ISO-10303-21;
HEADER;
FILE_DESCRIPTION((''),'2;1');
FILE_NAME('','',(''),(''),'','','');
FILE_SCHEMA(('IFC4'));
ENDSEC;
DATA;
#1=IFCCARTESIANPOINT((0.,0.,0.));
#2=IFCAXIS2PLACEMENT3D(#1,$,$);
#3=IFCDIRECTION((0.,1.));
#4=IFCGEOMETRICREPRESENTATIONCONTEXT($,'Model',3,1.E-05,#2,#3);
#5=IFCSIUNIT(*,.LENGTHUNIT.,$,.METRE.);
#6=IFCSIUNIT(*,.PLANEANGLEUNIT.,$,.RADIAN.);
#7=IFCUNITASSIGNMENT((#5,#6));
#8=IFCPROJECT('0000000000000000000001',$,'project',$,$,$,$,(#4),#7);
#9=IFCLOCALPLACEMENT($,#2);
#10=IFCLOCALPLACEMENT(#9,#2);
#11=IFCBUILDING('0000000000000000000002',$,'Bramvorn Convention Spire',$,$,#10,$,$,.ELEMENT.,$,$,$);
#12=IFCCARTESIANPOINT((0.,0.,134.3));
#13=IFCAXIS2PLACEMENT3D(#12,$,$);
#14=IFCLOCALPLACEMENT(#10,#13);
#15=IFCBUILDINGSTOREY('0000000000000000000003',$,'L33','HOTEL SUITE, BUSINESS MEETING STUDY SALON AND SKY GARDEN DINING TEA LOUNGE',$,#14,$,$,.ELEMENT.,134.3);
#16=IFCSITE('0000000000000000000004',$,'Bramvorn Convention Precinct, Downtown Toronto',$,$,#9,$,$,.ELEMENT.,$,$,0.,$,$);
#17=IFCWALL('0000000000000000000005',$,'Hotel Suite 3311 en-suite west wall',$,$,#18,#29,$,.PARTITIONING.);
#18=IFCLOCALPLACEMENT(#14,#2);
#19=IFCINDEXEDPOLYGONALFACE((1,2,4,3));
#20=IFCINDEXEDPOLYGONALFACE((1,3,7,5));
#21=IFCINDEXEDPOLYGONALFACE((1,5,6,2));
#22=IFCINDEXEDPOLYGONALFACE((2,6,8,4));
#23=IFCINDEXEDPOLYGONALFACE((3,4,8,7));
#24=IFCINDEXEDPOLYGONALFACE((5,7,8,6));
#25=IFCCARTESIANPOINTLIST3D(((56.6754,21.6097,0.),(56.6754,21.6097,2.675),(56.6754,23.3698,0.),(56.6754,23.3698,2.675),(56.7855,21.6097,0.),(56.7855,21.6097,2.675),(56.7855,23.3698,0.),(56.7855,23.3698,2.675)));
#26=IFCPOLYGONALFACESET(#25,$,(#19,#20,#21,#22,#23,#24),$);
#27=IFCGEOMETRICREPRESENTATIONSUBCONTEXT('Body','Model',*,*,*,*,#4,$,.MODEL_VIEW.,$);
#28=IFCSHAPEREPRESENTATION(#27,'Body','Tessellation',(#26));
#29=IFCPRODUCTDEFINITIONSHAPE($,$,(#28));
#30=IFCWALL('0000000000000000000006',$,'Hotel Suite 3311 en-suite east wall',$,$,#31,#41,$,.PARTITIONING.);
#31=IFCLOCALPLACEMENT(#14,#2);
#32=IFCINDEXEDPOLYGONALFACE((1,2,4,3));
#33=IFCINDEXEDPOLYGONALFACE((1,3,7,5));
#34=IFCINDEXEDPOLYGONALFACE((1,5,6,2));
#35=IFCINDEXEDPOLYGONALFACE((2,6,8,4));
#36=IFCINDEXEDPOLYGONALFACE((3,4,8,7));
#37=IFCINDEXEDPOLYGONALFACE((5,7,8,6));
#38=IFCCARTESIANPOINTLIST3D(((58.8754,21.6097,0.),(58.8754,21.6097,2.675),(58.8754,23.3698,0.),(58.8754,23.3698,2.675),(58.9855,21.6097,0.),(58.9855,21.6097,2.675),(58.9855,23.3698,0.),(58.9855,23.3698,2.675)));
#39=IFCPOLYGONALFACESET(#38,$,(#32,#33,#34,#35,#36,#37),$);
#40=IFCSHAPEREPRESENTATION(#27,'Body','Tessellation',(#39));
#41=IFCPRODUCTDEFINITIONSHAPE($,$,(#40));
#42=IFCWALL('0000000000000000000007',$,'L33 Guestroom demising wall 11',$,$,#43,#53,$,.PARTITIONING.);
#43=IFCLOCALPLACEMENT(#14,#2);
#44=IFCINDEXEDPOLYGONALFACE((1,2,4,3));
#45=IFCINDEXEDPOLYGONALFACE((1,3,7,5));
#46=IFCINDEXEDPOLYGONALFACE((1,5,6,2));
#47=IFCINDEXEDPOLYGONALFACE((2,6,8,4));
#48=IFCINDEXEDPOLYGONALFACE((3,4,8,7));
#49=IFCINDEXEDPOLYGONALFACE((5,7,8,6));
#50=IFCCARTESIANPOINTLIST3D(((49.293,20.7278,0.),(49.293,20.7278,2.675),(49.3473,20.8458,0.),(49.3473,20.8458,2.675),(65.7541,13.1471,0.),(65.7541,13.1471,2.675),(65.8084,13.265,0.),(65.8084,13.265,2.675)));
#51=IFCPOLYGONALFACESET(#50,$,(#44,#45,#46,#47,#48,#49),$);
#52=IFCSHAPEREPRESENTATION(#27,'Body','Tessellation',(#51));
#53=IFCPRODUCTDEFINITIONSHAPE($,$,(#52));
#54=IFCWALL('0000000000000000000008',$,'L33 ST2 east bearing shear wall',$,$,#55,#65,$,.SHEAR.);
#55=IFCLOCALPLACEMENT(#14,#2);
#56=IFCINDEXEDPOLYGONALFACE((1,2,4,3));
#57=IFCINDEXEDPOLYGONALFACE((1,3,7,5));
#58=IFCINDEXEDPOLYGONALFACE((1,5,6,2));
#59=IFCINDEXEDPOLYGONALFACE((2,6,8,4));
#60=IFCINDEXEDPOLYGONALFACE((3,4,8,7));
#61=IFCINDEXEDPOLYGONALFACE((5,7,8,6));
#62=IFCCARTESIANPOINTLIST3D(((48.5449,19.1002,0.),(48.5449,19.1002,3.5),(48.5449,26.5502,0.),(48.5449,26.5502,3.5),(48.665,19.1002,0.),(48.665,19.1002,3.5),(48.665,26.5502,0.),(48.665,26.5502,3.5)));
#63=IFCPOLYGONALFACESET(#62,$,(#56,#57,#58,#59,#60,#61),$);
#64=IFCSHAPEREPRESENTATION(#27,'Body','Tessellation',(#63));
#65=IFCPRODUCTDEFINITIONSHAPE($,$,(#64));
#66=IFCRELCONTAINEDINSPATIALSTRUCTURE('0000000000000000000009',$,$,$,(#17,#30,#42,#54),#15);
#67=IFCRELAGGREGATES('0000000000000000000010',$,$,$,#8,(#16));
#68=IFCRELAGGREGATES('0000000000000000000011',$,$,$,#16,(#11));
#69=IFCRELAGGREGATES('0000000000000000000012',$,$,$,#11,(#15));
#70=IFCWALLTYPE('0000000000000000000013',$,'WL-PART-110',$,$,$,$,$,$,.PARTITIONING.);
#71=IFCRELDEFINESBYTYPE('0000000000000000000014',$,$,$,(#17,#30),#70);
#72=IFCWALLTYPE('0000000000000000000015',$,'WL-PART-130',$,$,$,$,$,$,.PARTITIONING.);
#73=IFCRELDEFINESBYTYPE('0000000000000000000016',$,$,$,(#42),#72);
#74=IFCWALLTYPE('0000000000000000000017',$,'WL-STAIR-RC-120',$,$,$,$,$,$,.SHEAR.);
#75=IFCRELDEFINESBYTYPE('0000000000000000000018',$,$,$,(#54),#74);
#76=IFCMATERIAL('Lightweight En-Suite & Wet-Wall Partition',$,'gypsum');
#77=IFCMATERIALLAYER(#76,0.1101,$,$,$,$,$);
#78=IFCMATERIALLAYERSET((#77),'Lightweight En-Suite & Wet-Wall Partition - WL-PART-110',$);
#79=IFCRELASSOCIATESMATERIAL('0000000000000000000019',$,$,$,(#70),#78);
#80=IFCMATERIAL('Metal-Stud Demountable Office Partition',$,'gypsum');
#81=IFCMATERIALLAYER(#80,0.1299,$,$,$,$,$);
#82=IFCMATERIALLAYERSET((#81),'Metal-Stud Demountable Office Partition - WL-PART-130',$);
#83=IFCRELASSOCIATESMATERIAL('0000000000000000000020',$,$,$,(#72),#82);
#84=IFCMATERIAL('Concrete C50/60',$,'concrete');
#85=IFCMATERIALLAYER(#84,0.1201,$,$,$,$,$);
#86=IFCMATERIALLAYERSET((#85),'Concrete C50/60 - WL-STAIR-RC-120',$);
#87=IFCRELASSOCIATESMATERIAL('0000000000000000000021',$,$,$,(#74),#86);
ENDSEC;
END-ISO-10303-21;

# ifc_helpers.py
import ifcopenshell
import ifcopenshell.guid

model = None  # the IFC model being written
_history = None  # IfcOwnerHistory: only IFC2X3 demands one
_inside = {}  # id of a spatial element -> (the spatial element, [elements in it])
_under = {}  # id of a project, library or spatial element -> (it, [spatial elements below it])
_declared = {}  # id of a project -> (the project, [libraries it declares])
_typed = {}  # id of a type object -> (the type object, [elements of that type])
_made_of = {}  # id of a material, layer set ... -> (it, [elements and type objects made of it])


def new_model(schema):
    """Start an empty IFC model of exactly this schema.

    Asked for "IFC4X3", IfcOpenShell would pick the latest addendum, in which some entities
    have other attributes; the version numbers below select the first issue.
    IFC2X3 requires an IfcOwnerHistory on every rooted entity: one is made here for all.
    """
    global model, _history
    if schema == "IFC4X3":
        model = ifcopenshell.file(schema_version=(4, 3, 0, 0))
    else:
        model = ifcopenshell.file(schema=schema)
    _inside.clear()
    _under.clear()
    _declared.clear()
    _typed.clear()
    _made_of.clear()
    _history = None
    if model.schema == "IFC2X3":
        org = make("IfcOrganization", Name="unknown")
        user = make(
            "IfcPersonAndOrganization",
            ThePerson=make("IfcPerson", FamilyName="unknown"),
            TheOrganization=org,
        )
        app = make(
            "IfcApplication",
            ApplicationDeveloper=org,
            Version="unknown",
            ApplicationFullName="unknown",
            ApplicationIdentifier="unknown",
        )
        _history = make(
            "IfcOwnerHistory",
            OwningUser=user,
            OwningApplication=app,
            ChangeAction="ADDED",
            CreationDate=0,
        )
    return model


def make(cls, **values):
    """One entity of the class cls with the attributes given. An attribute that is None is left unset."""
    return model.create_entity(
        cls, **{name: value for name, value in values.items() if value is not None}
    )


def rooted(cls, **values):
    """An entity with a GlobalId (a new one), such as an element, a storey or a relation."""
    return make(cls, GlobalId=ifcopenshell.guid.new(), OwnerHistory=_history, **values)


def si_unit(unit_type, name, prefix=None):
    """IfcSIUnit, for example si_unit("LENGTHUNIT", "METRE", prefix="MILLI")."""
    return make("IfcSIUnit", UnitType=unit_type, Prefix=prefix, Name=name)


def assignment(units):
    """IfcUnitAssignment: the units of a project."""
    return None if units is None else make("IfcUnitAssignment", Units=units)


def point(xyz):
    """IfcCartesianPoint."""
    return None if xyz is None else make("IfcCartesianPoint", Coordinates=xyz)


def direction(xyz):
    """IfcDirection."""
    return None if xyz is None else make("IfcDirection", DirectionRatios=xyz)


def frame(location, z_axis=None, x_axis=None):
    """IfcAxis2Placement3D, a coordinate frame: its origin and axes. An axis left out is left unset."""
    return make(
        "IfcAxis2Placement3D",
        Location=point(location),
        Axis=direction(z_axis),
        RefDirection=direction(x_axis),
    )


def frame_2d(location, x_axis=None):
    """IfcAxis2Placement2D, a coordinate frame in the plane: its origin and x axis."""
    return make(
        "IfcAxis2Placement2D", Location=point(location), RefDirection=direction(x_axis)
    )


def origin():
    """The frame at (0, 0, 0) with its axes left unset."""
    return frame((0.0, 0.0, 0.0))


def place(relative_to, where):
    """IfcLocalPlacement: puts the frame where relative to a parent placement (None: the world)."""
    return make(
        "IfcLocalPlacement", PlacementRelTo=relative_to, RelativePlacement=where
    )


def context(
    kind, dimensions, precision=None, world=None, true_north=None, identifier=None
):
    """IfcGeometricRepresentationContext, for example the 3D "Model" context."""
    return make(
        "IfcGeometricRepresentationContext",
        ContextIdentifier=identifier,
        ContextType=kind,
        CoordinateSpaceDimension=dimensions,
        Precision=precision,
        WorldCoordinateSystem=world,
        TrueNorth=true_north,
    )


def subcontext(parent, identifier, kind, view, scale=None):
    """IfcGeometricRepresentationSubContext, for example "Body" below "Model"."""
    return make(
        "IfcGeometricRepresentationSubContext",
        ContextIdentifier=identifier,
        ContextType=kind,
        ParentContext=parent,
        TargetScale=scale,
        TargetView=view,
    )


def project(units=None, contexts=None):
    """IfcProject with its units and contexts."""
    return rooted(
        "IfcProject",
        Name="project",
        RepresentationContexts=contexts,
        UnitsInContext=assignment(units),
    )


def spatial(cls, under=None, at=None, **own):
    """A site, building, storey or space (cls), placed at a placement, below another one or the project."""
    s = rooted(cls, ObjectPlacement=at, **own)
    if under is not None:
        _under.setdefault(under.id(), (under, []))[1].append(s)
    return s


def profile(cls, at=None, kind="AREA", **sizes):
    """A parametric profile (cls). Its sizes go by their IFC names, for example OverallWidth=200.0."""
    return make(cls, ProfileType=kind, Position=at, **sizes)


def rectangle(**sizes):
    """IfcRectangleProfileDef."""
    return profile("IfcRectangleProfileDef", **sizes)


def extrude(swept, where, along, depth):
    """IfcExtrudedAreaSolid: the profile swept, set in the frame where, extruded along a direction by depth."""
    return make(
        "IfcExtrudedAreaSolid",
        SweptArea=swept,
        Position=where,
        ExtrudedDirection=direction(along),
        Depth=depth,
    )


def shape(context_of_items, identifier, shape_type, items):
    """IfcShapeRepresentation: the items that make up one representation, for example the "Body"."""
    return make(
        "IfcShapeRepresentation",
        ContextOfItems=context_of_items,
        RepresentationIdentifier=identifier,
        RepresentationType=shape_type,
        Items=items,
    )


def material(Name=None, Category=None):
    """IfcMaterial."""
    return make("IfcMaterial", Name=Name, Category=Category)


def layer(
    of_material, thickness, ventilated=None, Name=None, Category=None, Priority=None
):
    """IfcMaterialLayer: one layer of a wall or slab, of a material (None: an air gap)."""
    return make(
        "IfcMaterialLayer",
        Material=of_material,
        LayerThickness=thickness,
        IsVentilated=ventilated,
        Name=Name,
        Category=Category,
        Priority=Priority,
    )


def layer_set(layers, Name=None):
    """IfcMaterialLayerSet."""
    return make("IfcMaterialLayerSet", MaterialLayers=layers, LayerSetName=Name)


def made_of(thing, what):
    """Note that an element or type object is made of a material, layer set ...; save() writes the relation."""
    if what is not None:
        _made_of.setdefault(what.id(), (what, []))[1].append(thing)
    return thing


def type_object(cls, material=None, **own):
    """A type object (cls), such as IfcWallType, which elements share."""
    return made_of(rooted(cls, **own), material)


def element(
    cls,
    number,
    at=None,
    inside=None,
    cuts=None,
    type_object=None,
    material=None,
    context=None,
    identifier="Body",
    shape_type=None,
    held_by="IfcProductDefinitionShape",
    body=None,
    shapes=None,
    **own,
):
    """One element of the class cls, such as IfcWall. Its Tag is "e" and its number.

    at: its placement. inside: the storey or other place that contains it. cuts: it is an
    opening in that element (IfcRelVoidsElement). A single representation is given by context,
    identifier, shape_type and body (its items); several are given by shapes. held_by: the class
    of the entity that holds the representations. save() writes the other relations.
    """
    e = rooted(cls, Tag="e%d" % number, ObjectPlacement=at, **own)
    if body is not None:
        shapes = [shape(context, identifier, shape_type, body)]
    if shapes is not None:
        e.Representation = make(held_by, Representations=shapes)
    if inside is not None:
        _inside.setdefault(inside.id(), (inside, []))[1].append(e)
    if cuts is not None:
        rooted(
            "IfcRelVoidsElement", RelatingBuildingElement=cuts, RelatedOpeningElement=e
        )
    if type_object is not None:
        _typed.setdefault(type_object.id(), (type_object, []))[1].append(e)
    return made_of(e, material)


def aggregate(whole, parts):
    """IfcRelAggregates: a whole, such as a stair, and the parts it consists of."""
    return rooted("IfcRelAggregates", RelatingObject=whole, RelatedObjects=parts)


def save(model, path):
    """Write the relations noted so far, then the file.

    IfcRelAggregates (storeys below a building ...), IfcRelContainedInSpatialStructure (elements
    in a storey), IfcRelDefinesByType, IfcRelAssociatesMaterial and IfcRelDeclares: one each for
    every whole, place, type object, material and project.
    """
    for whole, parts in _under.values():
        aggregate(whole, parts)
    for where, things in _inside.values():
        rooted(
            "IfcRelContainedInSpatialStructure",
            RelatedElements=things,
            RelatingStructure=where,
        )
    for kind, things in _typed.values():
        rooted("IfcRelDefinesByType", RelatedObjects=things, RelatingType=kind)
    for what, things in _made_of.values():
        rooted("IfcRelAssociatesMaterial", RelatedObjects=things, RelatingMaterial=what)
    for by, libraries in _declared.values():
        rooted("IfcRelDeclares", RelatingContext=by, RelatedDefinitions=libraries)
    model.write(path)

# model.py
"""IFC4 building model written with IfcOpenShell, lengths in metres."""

from ifc_helpers import new_model, si_unit, direction, frame, frame_2d, origin, place, context, subcontext, project, spatial, rectangle, extrude, material, layer, layer_set, type_object, element, save


model = new_model("IFC4")

# Units and contexts
model_context = context("Model", 3, precision=1e-05, world=origin(), true_north=direction((0.0, 1.0)))
body_context = subcontext(model_context, "Body", "Model", "MODEL_VIEW")
ifc_project = project(units=[si_unit("LENGTHUNIT", "METRE"), si_unit("PLANEANGLEUNIT", "RADIAN")], contexts=[model_context])

# Site, building, storey
site_placement = place(None, origin())
site = spatial("IfcSite", under=ifc_project, at=site_placement, Name="Bramvorn Convention Precinct, Downtown Toronto", CompositionType="ELEMENT", RefElevation=0.0)
building_placement = place(site_placement, origin())
building = spatial("IfcBuilding", under=site, at=building_placement, Name="Bramvorn Convention Spire", CompositionType="ELEMENT")
storey_placement = place(building_placement, frame((0.0, 0.0, 134.3)))
storey = spatial("IfcBuildingStorey", under=building, at=storey_placement, Name="L33", Description="HOTEL SUITE, BUSINESS MEETING STUDY SALON AND SKY GARDEN DINING TEA LOUNGE", CompositionType="ELEMENT", Elevation=134.3)

# Shared definitions
ifc_material_1 = material(Name="Lightweight En-Suite & Wet-Wall Partition", Category="gypsum")
ifc_layer_1 = layer(ifc_material_1, 0.1101)
ifc_layer_set_1 = layer_set([ifc_layer_1], Name="Lightweight En-Suite & Wet-Wall Partition - WL-PART-110")
wall_type_1 = type_object("IfcWallType", Name="WL-PART-110", PredefinedType="PARTITIONING", material=ifc_layer_set_1)

# Walls
for number, where, z_axis, x_axis, name in (
    (1, (56.7305, 21.6099, 0.0), (0.0, 0.0, 1.0), (0.0, 1.0, 0.0), "Hotel Suite 3311 en-suite west wall"),
    (2, (58.9304, 21.6099, 0.0), (0.0, 0.0, 1.0), (0.0, 1.0, 0.0), "Hotel Suite 3311 en-suite east wall"),
):
    element("IfcWall", number, at=place(storey_placement, frame(where, z_axis=z_axis, x_axis=x_axis)), inside=storey, type_object=wall_type_1, Name=name, PredefinedType="PARTITIONING", context=body_context, shape_type="SweptSolid", body=[
        extrude(rectangle(XDim=1.76, YDim=0.1101, at=frame_2d((0.8799, 0.0))), origin(), (0.0, 0.0, 1.0), 2.675),
    ])
ifc_material_2 = material(Name="Metal-Stud Demountable Office Partition", Category="gypsum")
ifc_layer_2 = layer(ifc_material_2, 0.1299)
ifc_layer_set_2 = layer_set([ifc_layer_2], Name="Metal-Stud Demountable Office Partition - WL-PART-130")
wall_type_2 = type_object("IfcWallType", Name="WL-PART-130", PredefinedType="PARTITIONING", material=ifc_layer_set_2)
wall_1_placement = place(storey_placement, frame((49.3201, 20.7869, 0.0), z_axis=(0.0, 0.0, 1.0), x_axis=(0.908309, -0.4183, 0.0)))
element("IfcWall", 3, at=wall_1_placement, inside=storey, type_object=wall_type_2, Name="L33 Guestroom demising wall 11", PredefinedType="PARTITIONING", context=body_context, shape_type="SweptSolid", body=[
    extrude(rectangle(XDim=18.1228, YDim=0.1299, at=frame_2d((9.0615, 0.0))), origin(), (0.0, 0.0, 1.0), 2.675),
])
ifc_material_3 = material(Name="Concrete C50/60", Category="concrete")
ifc_layer_3 = layer(ifc_material_3, 0.1201)
ifc_layer_set_3 = layer_set([ifc_layer_3], Name="Concrete C50/60 - WL-STAIR-RC-120")
wall_type_3 = type_object("IfcWallType", Name="WL-STAIR-RC-120", PredefinedType="SHEAR", material=ifc_layer_set_3)
wall_2_placement = place(storey_placement, frame((48.605, 19.1001, 0.0), z_axis=(0.0, 0.0, 1.0), x_axis=(0.0, 1.0, 0.0)))
element("IfcWall", 4, at=wall_2_placement, inside=storey, type_object=wall_type_3, Name="L33 ST2 east bearing shear wall", PredefinedType="SHEAR", context=body_context, shape_type="SweptSolid", body=[
    extrude(rectangle(XDim=7.45, YDim=0.1201, at=frame_2d((3.7251, 0.0))), origin(), (0.0, 0.0, 1.0), 3.5),
])

save(model, "model.ifc")
